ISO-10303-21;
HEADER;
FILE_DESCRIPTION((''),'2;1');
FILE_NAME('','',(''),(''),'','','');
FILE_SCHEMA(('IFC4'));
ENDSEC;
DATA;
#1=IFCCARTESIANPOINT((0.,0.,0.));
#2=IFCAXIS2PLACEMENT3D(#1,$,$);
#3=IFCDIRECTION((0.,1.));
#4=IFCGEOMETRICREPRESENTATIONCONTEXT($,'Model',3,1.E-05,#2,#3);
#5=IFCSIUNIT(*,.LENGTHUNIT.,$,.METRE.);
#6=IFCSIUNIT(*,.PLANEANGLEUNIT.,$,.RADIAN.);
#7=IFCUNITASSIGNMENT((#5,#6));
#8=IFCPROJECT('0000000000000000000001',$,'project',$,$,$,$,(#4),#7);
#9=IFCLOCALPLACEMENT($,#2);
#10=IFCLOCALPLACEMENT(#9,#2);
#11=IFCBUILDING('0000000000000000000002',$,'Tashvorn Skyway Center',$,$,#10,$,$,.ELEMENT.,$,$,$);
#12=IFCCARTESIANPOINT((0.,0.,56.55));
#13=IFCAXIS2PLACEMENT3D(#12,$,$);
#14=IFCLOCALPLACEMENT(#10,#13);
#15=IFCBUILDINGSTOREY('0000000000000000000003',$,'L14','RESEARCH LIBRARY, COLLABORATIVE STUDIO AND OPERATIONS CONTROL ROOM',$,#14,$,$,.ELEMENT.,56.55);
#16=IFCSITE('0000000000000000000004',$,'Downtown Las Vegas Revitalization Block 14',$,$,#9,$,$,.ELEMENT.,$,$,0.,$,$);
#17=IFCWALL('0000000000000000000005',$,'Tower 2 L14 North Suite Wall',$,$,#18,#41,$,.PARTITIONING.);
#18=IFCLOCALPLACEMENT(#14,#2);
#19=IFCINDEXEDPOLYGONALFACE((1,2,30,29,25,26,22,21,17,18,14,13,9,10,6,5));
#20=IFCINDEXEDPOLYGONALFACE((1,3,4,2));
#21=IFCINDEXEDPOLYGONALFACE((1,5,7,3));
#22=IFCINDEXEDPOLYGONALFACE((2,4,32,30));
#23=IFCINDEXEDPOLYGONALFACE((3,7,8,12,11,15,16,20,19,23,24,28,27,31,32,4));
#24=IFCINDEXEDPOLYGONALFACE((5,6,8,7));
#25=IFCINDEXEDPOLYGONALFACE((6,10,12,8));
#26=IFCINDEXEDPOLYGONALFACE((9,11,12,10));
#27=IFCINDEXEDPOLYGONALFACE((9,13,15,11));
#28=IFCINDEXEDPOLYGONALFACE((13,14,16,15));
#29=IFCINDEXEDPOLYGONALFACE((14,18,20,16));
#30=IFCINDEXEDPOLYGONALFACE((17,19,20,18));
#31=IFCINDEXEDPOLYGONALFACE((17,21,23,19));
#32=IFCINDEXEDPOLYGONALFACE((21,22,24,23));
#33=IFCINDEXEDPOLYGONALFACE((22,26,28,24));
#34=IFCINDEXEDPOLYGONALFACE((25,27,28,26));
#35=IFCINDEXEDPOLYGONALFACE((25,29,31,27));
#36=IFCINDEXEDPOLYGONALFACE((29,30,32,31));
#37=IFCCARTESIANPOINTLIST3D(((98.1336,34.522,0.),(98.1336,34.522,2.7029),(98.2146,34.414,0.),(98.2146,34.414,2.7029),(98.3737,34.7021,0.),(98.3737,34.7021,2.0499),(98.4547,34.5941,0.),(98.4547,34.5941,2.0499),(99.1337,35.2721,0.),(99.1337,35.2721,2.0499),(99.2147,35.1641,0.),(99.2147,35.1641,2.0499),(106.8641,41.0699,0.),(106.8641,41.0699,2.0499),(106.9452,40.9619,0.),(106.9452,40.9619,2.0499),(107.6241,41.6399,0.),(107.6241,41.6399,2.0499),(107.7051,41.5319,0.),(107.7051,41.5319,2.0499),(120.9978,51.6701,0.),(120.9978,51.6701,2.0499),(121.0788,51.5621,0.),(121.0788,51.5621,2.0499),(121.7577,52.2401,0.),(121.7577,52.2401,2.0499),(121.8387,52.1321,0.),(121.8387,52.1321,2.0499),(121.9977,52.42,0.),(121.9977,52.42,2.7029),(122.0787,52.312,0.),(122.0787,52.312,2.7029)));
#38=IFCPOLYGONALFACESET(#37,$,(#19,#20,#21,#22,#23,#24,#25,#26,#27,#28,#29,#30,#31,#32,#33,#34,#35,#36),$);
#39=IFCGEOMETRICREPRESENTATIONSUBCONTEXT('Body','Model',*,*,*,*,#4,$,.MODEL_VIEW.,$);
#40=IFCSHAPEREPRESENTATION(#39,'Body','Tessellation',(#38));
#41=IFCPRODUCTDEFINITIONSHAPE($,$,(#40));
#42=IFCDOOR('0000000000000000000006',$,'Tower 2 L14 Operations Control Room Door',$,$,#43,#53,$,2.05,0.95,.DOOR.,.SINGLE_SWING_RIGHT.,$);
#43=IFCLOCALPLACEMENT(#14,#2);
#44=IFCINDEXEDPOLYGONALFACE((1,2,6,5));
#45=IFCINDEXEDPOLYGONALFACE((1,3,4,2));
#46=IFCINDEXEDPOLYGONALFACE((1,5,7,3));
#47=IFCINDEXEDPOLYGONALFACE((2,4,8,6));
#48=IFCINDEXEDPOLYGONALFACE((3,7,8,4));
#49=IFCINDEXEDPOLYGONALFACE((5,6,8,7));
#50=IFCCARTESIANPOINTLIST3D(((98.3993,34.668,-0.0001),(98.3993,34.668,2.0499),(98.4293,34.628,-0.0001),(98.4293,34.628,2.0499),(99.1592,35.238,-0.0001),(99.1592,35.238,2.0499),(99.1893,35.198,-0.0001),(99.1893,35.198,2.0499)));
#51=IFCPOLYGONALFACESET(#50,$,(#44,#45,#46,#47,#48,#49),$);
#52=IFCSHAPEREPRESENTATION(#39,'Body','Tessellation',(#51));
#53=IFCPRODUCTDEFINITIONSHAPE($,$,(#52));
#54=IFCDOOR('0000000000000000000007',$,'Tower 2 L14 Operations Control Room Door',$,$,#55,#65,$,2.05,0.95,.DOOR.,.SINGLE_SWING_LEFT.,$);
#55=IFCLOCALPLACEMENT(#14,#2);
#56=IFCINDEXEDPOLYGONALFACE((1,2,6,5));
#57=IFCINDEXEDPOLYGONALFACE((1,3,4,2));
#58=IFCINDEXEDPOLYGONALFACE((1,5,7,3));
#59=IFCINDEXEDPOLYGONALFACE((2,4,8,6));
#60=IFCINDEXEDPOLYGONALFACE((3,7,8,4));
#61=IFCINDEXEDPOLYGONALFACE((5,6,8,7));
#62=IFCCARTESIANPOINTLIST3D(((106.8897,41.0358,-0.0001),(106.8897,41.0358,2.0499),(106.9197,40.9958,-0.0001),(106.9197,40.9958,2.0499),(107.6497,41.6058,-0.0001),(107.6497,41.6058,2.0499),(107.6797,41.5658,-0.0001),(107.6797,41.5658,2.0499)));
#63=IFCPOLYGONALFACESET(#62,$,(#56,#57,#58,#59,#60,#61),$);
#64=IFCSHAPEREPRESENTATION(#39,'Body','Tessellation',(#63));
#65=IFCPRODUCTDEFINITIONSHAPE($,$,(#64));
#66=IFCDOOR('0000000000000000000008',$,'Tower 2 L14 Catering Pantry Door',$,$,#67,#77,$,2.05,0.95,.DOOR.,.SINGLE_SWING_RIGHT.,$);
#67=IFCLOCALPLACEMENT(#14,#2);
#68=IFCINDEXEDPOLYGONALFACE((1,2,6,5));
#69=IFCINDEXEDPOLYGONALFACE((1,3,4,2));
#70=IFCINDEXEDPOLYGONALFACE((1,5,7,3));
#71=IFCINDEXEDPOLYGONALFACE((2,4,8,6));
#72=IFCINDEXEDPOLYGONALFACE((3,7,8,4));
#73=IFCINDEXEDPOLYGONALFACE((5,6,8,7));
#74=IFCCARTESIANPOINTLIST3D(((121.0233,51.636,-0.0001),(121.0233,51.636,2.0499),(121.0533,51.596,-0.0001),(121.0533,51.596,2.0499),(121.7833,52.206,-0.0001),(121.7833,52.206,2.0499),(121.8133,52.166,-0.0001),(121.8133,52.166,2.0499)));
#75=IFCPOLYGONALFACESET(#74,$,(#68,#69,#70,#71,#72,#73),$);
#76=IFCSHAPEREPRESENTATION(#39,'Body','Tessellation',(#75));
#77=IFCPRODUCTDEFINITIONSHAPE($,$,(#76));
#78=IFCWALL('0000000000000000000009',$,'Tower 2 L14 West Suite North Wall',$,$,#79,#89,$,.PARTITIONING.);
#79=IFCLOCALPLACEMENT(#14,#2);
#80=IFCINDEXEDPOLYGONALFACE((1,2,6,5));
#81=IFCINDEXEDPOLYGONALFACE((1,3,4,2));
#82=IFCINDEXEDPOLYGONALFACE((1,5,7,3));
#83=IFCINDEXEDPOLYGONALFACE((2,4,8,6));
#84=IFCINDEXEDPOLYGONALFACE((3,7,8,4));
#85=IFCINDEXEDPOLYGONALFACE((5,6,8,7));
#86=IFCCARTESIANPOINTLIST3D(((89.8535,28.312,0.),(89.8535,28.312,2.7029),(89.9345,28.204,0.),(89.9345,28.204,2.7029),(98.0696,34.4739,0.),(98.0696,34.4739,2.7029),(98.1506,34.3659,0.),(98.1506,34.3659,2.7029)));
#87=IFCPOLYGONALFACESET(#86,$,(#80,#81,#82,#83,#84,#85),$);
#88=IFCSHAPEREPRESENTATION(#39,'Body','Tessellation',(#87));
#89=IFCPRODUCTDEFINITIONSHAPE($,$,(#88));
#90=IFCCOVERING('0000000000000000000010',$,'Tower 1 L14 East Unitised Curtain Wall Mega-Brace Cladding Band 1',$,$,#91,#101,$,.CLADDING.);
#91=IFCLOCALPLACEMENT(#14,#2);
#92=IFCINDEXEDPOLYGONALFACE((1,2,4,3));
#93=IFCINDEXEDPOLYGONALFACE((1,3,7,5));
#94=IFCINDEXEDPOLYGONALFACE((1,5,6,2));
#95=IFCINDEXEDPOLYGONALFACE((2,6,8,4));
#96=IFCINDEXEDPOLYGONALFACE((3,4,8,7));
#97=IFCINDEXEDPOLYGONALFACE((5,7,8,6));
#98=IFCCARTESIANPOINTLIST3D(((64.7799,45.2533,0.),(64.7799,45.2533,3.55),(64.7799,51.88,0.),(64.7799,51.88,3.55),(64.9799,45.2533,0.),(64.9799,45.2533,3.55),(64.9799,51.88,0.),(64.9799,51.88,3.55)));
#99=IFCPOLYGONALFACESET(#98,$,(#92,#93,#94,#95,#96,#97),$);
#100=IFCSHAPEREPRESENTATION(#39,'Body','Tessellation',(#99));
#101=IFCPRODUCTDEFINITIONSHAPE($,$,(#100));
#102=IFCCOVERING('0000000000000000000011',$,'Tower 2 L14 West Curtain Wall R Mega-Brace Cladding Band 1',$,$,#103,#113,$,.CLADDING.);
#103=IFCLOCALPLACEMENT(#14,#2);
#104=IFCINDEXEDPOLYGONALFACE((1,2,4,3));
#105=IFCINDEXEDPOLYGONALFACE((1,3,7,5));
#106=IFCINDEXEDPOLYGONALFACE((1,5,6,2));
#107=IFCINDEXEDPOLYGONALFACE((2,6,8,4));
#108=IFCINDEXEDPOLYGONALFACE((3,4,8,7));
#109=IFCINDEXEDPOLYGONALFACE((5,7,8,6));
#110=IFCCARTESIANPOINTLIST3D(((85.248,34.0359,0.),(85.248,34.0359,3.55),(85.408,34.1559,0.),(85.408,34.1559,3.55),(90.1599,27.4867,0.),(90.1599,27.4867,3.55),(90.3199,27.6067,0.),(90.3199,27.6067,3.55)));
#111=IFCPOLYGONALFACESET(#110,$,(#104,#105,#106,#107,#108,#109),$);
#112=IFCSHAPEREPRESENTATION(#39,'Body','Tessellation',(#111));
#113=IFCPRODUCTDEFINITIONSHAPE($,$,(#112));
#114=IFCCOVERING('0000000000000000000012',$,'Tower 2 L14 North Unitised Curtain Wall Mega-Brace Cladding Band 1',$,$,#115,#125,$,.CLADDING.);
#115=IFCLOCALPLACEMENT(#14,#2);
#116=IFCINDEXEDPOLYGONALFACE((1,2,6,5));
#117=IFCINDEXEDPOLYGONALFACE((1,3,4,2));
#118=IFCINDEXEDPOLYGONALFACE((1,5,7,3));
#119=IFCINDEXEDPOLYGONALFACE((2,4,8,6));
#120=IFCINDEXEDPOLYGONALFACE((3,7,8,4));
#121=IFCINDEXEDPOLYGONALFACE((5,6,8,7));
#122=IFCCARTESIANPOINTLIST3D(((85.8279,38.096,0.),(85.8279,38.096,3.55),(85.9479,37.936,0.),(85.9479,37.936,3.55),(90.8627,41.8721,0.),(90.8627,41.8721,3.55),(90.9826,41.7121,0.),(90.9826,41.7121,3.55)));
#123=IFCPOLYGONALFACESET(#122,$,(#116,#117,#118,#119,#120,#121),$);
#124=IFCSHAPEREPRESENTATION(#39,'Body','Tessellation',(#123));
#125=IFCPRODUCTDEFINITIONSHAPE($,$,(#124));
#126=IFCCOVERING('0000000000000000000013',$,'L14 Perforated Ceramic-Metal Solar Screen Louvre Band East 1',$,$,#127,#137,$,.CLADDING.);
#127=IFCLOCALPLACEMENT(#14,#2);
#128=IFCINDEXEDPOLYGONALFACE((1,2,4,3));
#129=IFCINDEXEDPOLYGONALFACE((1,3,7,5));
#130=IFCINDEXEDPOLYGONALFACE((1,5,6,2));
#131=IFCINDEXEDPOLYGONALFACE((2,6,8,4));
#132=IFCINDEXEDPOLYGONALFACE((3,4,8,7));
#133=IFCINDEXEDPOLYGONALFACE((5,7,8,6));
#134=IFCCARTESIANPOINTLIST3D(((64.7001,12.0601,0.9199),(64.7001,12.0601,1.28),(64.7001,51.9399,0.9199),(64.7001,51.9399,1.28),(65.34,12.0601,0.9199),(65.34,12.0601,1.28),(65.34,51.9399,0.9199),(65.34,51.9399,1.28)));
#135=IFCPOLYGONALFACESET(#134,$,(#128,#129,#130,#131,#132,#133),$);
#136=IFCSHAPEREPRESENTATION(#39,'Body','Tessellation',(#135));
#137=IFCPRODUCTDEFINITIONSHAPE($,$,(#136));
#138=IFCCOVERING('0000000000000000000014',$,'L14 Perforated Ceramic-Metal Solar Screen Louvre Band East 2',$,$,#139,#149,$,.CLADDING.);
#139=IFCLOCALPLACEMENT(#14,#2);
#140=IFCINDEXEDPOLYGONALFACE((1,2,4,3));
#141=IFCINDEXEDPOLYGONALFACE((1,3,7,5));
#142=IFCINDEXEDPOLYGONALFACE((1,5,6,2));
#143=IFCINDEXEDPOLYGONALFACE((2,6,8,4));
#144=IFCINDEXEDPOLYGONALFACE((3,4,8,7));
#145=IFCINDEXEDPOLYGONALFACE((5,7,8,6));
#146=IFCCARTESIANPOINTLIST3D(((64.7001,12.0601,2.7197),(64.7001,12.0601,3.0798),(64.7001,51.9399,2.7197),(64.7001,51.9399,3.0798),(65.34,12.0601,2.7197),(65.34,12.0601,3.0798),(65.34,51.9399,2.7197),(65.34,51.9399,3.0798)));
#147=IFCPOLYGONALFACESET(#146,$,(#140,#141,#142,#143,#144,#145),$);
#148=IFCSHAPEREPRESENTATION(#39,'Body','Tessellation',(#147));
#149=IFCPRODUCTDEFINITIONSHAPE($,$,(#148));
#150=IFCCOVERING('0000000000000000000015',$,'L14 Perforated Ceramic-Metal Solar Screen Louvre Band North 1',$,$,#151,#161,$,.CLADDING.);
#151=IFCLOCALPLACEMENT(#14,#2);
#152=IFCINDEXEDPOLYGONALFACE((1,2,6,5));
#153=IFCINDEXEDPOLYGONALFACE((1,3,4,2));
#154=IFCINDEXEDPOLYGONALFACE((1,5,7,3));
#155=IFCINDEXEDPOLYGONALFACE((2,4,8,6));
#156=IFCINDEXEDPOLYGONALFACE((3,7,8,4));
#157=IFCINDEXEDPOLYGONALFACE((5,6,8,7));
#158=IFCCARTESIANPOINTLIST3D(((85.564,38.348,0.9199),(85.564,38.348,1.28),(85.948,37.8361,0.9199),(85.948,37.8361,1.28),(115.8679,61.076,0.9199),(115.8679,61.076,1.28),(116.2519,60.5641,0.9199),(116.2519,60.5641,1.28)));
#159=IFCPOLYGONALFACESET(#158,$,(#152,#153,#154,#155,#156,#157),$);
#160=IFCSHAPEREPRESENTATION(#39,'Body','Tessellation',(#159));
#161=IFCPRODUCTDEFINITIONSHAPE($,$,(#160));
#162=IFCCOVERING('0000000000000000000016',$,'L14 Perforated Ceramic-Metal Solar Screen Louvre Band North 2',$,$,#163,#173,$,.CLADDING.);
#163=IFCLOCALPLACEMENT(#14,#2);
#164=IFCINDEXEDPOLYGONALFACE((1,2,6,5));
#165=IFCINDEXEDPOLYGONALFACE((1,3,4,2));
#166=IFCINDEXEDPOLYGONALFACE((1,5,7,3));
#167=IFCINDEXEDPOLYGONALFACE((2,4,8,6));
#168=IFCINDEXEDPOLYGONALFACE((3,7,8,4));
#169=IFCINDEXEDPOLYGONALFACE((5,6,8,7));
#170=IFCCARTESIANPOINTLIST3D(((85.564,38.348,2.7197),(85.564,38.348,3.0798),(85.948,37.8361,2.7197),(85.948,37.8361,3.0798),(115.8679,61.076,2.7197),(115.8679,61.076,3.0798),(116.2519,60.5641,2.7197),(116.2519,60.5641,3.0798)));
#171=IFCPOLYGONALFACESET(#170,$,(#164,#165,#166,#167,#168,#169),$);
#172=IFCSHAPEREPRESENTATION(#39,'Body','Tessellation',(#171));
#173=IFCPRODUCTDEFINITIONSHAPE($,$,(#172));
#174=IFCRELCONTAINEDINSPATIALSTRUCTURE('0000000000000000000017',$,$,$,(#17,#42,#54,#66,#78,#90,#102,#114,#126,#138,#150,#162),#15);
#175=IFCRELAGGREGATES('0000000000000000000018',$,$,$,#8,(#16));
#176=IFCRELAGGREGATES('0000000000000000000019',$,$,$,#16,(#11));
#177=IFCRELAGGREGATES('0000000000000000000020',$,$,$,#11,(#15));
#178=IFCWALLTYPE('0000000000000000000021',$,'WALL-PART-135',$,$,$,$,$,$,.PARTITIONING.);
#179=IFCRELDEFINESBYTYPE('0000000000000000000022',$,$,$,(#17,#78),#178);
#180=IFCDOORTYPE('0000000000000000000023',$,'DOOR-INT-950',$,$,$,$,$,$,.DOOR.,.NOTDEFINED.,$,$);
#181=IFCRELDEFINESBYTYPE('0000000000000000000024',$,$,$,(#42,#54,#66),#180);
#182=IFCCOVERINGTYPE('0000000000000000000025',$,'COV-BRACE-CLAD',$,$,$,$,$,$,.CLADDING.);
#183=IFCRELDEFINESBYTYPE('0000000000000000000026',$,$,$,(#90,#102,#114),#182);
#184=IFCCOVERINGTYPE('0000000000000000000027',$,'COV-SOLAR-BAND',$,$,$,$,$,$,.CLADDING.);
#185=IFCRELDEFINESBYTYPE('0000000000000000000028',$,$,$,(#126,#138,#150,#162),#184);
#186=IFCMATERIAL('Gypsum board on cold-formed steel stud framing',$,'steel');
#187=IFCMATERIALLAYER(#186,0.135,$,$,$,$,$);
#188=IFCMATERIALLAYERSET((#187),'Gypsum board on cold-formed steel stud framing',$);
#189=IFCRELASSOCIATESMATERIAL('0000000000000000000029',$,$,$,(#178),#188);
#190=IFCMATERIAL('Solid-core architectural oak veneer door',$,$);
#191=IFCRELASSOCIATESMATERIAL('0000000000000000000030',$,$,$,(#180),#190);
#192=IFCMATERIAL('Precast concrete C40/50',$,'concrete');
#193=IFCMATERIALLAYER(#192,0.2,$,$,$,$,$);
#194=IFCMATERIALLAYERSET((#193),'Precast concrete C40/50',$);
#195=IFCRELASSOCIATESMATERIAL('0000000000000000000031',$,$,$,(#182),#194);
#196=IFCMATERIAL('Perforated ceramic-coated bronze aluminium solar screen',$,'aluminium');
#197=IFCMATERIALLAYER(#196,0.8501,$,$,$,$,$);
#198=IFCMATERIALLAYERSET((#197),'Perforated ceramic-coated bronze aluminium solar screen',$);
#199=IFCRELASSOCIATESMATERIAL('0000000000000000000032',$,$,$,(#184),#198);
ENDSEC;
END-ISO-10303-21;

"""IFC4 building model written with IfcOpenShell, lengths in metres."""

from ifc_helpers import new_model, si_unit, direction, frame, frame_2d, origin, origin_2d, place, context, subcontext, project, spatial, rectangle, extrude, material, layer, layer_set, type_object, element, fill, save


model = new_model("IFC4")

# Units and contexts
model_context = context("Model", 3, precision=1e-05, world=origin(), true_north=direction((0.0, 1.0)))
body_context = subcontext(model_context, "Body", "Model", "MODEL_VIEW")
ifc_project = project(units=[si_unit("LENGTHUNIT", "METRE"), si_unit("PLANEANGLEUNIT", "RADIAN")], contexts=[model_context])

# Site, building, storey
site_placement = place(None, origin())
site = spatial("IfcSite", under=ifc_project, at=site_placement, Name="Downtown Las Vegas Revitalization Block 14", CompositionType="ELEMENT", RefElevation=0.0)
building_placement = place(site_placement, origin())
building = spatial("IfcBuilding", under=site, at=building_placement, Name="Tashvorn Skyway Center", CompositionType="ELEMENT")
storey_placement = place(building_placement, frame((0.0, 0.0, 56.55)))
storey = spatial("IfcBuildingStorey", under=building, at=storey_placement, Name="L14", Description="RESEARCH LIBRARY, COLLABORATIVE STUDIO AND OPERATIONS CONTROL ROOM", CompositionType="ELEMENT", Elevation=56.55)

# Shared definitions
ifc_material_1 = material(Name="Precast concrete C40/50", Category="concrete")
ifc_material_2 = material(Name="Gypsum board on cold-formed steel stud framing", Category="steel")
ifc_layer_1 = layer(ifc_material_2, 0.135)
ifc_layer_set_1 = layer_set([ifc_layer_1], Name="Gypsum board on cold-formed steel stud framing")
wall_type_1 = type_object("IfcWallType", Name="WALL-PART-135", PredefinedType="PARTITIONING", material=ifc_layer_set_1)

# Wall, openings, doors
wall_1_placement = place(storey_placement, frame((98.1741, 34.468, 0.0), z_axis=(0.0, 0.0, 1.0), x_axis=(0.800001, 0.599999, 0.0)))
wall_1 = element("IfcWall", 1, at=wall_1_placement, inside=storey, type_object=wall_type_1, Name="Tower 2 L14 North Suite Wall", PredefinedType="PARTITIONING", context=body_context, shape_type="SweptSolid", body=[
    extrude(rectangle(XDim=29.8301, YDim=0.135, at=frame_2d((14.915, 0.0))), origin(), (0.0, 0.0, 1.0), 2.7029),
])
opening_1_placement = place(wall_1_placement, frame((0.3, 0.0, 0.0)))
opening_1 = element("IfcOpeningElement", 2, at=opening_1_placement, cuts=wall_1, PredefinedType="OPENING", context=body_context, shape_type="SweptSolid", body=[
    extrude(rectangle(XDim=0.95, YDim=2.05, at=frame_2d((0.4751, 1.0249))), frame((0.0, 0.0774, 0.0), z_axis=(0.0, -1.0, 0.0), x_axis=(1.0, 0.0, 0.0)), (0.0, 0.0, 1.0), 0.155),
])
opening_2_placement = place(wall_1_placement, frame((10.9131, 0.0, 0.0)))
opening_2 = element("IfcOpeningElement", 3, at=opening_2_placement, cuts=wall_1, PredefinedType="OPENING", context=body_context, shape_type="SweptSolid", body=[
    extrude(rectangle(XDim=0.95, YDim=2.05, at=frame_2d((0.4751, 1.0249))), frame((0.0, 0.0774, 0.0), z_axis=(0.0, -1.0, 0.0), x_axis=(1.0, 0.0, 0.0)), (0.0, 0.0, 1.0), 0.155),
])
opening_3_placement = place(wall_1_placement, frame((28.5801, 0.0, 0.0)))
opening_3 = element("IfcOpeningElement", 4, at=opening_3_placement, cuts=wall_1, PredefinedType="OPENING", context=body_context, shape_type="SweptSolid", body=[
    extrude(rectangle(XDim=0.95, YDim=2.05, at=frame_2d((0.4751, 1.0249))), frame((0.0, 0.0774, 0.0), z_axis=(0.0, -1.0, 0.0), x_axis=(1.0, 0.0, 0.0)), (0.0, 0.0, 1.0), 0.155),
])
ifc_material_3 = material(Name="Solid-core architectural oak veneer door")
door_type = type_object("IfcDoorType", Name="DOOR-INT-950", OperationType="NOTDEFINED", PredefinedType="DOOR", material=ifc_material_3)
door_1_placement = place(opening_1_placement, origin())
door_1 = element("IfcDoor", 5, at=door_1_placement, inside=storey, type_object=door_type, Name="Tower 2 L14 Operations Control Room Door", OperationType="SINGLE_SWING_RIGHT", OverallHeight=2.05, OverallWidth=0.95, PredefinedType="DOOR", context=body_context, shape_type="SweptSolid", body=[
    extrude(rectangle(XDim=0.95, YDim=2.05, at=frame_2d((0.4751, 1.0249))), frame((0.0, 0.0249, 0.0), z_axis=(0.0, -1.0, 0.0), x_axis=(1.0, 0.0, 0.0)), (0.0, 0.0, 1.0), 0.05),
])
fill(opening_1, door_1)
door_2_placement = place(opening_2_placement, origin())
door_2 = element("IfcDoor", 6, at=door_2_placement, inside=storey, type_object=door_type, Name="Tower 2 L14 Operations Control Room Door", OperationType="SINGLE_SWING_LEFT", OverallHeight=2.05, OverallWidth=0.95, PredefinedType="DOOR", context=body_context, shape_type="SweptSolid", body=[
    extrude(rectangle(XDim=0.95, YDim=2.05, at=frame_2d((0.4751, 1.0249))), frame((0.0, 0.0249, 0.0), z_axis=(0.0, -1.0, 0.0), x_axis=(1.0, 0.0, 0.0)), (0.0, 0.0, 1.0), 0.05),
])
fill(opening_2, door_2)
door_3_placement = place(opening_3_placement, origin())
door_3 = element("IfcDoor", 7, at=door_3_placement, inside=storey, type_object=door_type, Name="Tower 2 L14 Catering Pantry Door", OperationType="SINGLE_SWING_RIGHT", OverallHeight=2.05, OverallWidth=0.95, PredefinedType="DOOR", context=body_context, shape_type="SweptSolid", body=[
    extrude(rectangle(XDim=0.95, YDim=2.05, at=frame_2d((0.4751, 1.0249))), frame((0.0, 0.0249, 0.0), z_axis=(0.0, -1.0, 0.0), x_axis=(1.0, 0.0, 0.0)), (0.0, 0.0, 1.0), 0.05),
])
fill(opening_3, door_3)

# Wall
wall_2_placement = place(storey_placement, frame((98.1101, 34.4199, 0.0), z_axis=(0.0, 0.0, 1.0), x_axis=(-0.800009, -0.599989, 0.0)))
element("IfcWall", 8, at=wall_2_placement, inside=storey, type_object=wall_type_1, Name="Tower 2 L14 West Suite North Wall", PredefinedType="PARTITIONING", context=body_context, shape_type="SweptSolid", body=[
    extrude(rectangle(XDim=10.27, YDim=0.135, at=frame_2d((5.135, 0.0))), origin(), (0.0, 0.0, 1.0), 2.7029),
])

# Coverings
ifc_layer_2 = layer(ifc_material_1, 0.2)
ifc_layer_set_2 = layer_set([ifc_layer_2], Name="Precast concrete C40/50")
covering_type_1 = type_object("IfcCoveringType", Name="COV-BRACE-CLAD", PredefinedType="CLADDING", material=ifc_layer_set_2)
covering_1_placement = place(storey_placement, frame((64.8799, 48.5667, 0.0), z_axis=(0.0, 0.0, 1.0), x_axis=(0.0, -1.0, 0.0)))
element("IfcCovering", 9, at=covering_1_placement, inside=storey, type_object=covering_type_1, Name="Tower 1 L14 East Unitised Curtain Wall Mega-Brace Cladding Band 1", PredefinedType="CLADDING", context=body_context, shape_type="SweptSolid", body=[
    extrude(rectangle(XDim=6.6267, YDim=0.2, at=origin_2d()), origin(), (0.0, 0.0, 1.0), 3.55),
])
covering_2_placement = place(storey_placement, frame((87.7839, 30.8213, 0.0), z_axis=(0.0, 0.0, 1.0), x_axis=(-0.6, 0.8, 0.0)))
element("IfcCovering", 10, at=covering_2_placement, inside=storey, type_object=covering_type_1, Name="Tower 2 L14 West Curtain Wall R Mega-Brace Cladding Band 1", PredefinedType="CLADDING", context=body_context, shape_type="SweptSolid", body=[
    extrude(rectangle(XDim=8.1865, YDim=0.2, at=origin_2d()), origin(), (0.0, 0.0, 1.0), 3.55),
])
covering_3_placement = place(storey_placement, frame((88.4053, 39.9041, 0.0), z_axis=(0.0, 0.0, 1.0), x_axis=(0.8, 0.6, 0.0)))
element("IfcCovering", 11, at=covering_3_placement, inside=storey, type_object=covering_type_1, Name="Tower 2 L14 North Unitised Curtain Wall Mega-Brace Cladding Band 1", PredefinedType="CLADDING", context=body_context, shape_type="SweptSolid", body=[
    extrude(rectangle(XDim=6.2935, YDim=0.2, at=origin_2d()), origin(), (0.0, 0.0, 1.0), 3.55),
])
ifc_material_4 = material(Name="Perforated ceramic-coated bronze aluminium solar screen", Category="aluminium")
ifc_layer_3 = layer(ifc_material_4, 0.8501)
ifc_layer_set_3 = layer_set([ifc_layer_3], Name="Perforated ceramic-coated bronze aluminium solar screen")
covering_type_2 = type_object("IfcCoveringType", Name="COV-SOLAR-BAND", PredefinedType="CLADDING", material=ifc_layer_set_3)
for number, where, z_axis, x_axis, name in (
    (12, (65.02, 32.0, 0.9199), (0.0, 0.0, 1.0), (0.0, -1.0, 0.0), "L14 Perforated Ceramic-Metal Solar Screen Louvre Band East 1"),
    (13, (65.02, 32.0, 2.7197), (0.0, 0.0, 1.0), (0.0, -1.0, 0.0), "L14 Perforated Ceramic-Metal Solar Screen Louvre Band East 2"),
):
    element("IfcCovering", number, at=place(storey_placement, frame(where, z_axis=z_axis, x_axis=x_axis)), inside=storey, type_object=covering_type_2, Name=name, PredefinedType="CLADDING", context=body_context, shape_type="SweptSolid", body=[
        extrude(rectangle(XDim=39.8799, YDim=0.6399, at=origin_2d()), origin(), (0.0, 0.0, 1.0), 0.3601),
    ])
for number, where, z_axis, x_axis, name in (
    (14, (100.908, 49.4561, 0.9199), (0.0, 0.0, 1.0), (0.8, 0.6, 0.0), "L14 Perforated Ceramic-Metal Solar Screen Louvre Band North 1"),
    (15, (100.908, 49.4561, 2.7197), (0.0, 0.0, 1.0), (0.8, 0.6, 0.0), "L14 Perforated Ceramic-Metal Solar Screen Louvre Band North 2"),
):
    element("IfcCovering", number, at=place(storey_placement, frame(where, z_axis=z_axis, x_axis=x_axis)), inside=storey, type_object=covering_type_2, Name=name, PredefinedType="CLADDING", context=body_context, shape_type="SweptSolid", body=[
        extrude(rectangle(XDim=37.8799, YDim=0.6399, at=origin_2d()), origin(), (0.0, 0.0, 1.0), 0.3601),
    ])

save(model, "model.ifc")
